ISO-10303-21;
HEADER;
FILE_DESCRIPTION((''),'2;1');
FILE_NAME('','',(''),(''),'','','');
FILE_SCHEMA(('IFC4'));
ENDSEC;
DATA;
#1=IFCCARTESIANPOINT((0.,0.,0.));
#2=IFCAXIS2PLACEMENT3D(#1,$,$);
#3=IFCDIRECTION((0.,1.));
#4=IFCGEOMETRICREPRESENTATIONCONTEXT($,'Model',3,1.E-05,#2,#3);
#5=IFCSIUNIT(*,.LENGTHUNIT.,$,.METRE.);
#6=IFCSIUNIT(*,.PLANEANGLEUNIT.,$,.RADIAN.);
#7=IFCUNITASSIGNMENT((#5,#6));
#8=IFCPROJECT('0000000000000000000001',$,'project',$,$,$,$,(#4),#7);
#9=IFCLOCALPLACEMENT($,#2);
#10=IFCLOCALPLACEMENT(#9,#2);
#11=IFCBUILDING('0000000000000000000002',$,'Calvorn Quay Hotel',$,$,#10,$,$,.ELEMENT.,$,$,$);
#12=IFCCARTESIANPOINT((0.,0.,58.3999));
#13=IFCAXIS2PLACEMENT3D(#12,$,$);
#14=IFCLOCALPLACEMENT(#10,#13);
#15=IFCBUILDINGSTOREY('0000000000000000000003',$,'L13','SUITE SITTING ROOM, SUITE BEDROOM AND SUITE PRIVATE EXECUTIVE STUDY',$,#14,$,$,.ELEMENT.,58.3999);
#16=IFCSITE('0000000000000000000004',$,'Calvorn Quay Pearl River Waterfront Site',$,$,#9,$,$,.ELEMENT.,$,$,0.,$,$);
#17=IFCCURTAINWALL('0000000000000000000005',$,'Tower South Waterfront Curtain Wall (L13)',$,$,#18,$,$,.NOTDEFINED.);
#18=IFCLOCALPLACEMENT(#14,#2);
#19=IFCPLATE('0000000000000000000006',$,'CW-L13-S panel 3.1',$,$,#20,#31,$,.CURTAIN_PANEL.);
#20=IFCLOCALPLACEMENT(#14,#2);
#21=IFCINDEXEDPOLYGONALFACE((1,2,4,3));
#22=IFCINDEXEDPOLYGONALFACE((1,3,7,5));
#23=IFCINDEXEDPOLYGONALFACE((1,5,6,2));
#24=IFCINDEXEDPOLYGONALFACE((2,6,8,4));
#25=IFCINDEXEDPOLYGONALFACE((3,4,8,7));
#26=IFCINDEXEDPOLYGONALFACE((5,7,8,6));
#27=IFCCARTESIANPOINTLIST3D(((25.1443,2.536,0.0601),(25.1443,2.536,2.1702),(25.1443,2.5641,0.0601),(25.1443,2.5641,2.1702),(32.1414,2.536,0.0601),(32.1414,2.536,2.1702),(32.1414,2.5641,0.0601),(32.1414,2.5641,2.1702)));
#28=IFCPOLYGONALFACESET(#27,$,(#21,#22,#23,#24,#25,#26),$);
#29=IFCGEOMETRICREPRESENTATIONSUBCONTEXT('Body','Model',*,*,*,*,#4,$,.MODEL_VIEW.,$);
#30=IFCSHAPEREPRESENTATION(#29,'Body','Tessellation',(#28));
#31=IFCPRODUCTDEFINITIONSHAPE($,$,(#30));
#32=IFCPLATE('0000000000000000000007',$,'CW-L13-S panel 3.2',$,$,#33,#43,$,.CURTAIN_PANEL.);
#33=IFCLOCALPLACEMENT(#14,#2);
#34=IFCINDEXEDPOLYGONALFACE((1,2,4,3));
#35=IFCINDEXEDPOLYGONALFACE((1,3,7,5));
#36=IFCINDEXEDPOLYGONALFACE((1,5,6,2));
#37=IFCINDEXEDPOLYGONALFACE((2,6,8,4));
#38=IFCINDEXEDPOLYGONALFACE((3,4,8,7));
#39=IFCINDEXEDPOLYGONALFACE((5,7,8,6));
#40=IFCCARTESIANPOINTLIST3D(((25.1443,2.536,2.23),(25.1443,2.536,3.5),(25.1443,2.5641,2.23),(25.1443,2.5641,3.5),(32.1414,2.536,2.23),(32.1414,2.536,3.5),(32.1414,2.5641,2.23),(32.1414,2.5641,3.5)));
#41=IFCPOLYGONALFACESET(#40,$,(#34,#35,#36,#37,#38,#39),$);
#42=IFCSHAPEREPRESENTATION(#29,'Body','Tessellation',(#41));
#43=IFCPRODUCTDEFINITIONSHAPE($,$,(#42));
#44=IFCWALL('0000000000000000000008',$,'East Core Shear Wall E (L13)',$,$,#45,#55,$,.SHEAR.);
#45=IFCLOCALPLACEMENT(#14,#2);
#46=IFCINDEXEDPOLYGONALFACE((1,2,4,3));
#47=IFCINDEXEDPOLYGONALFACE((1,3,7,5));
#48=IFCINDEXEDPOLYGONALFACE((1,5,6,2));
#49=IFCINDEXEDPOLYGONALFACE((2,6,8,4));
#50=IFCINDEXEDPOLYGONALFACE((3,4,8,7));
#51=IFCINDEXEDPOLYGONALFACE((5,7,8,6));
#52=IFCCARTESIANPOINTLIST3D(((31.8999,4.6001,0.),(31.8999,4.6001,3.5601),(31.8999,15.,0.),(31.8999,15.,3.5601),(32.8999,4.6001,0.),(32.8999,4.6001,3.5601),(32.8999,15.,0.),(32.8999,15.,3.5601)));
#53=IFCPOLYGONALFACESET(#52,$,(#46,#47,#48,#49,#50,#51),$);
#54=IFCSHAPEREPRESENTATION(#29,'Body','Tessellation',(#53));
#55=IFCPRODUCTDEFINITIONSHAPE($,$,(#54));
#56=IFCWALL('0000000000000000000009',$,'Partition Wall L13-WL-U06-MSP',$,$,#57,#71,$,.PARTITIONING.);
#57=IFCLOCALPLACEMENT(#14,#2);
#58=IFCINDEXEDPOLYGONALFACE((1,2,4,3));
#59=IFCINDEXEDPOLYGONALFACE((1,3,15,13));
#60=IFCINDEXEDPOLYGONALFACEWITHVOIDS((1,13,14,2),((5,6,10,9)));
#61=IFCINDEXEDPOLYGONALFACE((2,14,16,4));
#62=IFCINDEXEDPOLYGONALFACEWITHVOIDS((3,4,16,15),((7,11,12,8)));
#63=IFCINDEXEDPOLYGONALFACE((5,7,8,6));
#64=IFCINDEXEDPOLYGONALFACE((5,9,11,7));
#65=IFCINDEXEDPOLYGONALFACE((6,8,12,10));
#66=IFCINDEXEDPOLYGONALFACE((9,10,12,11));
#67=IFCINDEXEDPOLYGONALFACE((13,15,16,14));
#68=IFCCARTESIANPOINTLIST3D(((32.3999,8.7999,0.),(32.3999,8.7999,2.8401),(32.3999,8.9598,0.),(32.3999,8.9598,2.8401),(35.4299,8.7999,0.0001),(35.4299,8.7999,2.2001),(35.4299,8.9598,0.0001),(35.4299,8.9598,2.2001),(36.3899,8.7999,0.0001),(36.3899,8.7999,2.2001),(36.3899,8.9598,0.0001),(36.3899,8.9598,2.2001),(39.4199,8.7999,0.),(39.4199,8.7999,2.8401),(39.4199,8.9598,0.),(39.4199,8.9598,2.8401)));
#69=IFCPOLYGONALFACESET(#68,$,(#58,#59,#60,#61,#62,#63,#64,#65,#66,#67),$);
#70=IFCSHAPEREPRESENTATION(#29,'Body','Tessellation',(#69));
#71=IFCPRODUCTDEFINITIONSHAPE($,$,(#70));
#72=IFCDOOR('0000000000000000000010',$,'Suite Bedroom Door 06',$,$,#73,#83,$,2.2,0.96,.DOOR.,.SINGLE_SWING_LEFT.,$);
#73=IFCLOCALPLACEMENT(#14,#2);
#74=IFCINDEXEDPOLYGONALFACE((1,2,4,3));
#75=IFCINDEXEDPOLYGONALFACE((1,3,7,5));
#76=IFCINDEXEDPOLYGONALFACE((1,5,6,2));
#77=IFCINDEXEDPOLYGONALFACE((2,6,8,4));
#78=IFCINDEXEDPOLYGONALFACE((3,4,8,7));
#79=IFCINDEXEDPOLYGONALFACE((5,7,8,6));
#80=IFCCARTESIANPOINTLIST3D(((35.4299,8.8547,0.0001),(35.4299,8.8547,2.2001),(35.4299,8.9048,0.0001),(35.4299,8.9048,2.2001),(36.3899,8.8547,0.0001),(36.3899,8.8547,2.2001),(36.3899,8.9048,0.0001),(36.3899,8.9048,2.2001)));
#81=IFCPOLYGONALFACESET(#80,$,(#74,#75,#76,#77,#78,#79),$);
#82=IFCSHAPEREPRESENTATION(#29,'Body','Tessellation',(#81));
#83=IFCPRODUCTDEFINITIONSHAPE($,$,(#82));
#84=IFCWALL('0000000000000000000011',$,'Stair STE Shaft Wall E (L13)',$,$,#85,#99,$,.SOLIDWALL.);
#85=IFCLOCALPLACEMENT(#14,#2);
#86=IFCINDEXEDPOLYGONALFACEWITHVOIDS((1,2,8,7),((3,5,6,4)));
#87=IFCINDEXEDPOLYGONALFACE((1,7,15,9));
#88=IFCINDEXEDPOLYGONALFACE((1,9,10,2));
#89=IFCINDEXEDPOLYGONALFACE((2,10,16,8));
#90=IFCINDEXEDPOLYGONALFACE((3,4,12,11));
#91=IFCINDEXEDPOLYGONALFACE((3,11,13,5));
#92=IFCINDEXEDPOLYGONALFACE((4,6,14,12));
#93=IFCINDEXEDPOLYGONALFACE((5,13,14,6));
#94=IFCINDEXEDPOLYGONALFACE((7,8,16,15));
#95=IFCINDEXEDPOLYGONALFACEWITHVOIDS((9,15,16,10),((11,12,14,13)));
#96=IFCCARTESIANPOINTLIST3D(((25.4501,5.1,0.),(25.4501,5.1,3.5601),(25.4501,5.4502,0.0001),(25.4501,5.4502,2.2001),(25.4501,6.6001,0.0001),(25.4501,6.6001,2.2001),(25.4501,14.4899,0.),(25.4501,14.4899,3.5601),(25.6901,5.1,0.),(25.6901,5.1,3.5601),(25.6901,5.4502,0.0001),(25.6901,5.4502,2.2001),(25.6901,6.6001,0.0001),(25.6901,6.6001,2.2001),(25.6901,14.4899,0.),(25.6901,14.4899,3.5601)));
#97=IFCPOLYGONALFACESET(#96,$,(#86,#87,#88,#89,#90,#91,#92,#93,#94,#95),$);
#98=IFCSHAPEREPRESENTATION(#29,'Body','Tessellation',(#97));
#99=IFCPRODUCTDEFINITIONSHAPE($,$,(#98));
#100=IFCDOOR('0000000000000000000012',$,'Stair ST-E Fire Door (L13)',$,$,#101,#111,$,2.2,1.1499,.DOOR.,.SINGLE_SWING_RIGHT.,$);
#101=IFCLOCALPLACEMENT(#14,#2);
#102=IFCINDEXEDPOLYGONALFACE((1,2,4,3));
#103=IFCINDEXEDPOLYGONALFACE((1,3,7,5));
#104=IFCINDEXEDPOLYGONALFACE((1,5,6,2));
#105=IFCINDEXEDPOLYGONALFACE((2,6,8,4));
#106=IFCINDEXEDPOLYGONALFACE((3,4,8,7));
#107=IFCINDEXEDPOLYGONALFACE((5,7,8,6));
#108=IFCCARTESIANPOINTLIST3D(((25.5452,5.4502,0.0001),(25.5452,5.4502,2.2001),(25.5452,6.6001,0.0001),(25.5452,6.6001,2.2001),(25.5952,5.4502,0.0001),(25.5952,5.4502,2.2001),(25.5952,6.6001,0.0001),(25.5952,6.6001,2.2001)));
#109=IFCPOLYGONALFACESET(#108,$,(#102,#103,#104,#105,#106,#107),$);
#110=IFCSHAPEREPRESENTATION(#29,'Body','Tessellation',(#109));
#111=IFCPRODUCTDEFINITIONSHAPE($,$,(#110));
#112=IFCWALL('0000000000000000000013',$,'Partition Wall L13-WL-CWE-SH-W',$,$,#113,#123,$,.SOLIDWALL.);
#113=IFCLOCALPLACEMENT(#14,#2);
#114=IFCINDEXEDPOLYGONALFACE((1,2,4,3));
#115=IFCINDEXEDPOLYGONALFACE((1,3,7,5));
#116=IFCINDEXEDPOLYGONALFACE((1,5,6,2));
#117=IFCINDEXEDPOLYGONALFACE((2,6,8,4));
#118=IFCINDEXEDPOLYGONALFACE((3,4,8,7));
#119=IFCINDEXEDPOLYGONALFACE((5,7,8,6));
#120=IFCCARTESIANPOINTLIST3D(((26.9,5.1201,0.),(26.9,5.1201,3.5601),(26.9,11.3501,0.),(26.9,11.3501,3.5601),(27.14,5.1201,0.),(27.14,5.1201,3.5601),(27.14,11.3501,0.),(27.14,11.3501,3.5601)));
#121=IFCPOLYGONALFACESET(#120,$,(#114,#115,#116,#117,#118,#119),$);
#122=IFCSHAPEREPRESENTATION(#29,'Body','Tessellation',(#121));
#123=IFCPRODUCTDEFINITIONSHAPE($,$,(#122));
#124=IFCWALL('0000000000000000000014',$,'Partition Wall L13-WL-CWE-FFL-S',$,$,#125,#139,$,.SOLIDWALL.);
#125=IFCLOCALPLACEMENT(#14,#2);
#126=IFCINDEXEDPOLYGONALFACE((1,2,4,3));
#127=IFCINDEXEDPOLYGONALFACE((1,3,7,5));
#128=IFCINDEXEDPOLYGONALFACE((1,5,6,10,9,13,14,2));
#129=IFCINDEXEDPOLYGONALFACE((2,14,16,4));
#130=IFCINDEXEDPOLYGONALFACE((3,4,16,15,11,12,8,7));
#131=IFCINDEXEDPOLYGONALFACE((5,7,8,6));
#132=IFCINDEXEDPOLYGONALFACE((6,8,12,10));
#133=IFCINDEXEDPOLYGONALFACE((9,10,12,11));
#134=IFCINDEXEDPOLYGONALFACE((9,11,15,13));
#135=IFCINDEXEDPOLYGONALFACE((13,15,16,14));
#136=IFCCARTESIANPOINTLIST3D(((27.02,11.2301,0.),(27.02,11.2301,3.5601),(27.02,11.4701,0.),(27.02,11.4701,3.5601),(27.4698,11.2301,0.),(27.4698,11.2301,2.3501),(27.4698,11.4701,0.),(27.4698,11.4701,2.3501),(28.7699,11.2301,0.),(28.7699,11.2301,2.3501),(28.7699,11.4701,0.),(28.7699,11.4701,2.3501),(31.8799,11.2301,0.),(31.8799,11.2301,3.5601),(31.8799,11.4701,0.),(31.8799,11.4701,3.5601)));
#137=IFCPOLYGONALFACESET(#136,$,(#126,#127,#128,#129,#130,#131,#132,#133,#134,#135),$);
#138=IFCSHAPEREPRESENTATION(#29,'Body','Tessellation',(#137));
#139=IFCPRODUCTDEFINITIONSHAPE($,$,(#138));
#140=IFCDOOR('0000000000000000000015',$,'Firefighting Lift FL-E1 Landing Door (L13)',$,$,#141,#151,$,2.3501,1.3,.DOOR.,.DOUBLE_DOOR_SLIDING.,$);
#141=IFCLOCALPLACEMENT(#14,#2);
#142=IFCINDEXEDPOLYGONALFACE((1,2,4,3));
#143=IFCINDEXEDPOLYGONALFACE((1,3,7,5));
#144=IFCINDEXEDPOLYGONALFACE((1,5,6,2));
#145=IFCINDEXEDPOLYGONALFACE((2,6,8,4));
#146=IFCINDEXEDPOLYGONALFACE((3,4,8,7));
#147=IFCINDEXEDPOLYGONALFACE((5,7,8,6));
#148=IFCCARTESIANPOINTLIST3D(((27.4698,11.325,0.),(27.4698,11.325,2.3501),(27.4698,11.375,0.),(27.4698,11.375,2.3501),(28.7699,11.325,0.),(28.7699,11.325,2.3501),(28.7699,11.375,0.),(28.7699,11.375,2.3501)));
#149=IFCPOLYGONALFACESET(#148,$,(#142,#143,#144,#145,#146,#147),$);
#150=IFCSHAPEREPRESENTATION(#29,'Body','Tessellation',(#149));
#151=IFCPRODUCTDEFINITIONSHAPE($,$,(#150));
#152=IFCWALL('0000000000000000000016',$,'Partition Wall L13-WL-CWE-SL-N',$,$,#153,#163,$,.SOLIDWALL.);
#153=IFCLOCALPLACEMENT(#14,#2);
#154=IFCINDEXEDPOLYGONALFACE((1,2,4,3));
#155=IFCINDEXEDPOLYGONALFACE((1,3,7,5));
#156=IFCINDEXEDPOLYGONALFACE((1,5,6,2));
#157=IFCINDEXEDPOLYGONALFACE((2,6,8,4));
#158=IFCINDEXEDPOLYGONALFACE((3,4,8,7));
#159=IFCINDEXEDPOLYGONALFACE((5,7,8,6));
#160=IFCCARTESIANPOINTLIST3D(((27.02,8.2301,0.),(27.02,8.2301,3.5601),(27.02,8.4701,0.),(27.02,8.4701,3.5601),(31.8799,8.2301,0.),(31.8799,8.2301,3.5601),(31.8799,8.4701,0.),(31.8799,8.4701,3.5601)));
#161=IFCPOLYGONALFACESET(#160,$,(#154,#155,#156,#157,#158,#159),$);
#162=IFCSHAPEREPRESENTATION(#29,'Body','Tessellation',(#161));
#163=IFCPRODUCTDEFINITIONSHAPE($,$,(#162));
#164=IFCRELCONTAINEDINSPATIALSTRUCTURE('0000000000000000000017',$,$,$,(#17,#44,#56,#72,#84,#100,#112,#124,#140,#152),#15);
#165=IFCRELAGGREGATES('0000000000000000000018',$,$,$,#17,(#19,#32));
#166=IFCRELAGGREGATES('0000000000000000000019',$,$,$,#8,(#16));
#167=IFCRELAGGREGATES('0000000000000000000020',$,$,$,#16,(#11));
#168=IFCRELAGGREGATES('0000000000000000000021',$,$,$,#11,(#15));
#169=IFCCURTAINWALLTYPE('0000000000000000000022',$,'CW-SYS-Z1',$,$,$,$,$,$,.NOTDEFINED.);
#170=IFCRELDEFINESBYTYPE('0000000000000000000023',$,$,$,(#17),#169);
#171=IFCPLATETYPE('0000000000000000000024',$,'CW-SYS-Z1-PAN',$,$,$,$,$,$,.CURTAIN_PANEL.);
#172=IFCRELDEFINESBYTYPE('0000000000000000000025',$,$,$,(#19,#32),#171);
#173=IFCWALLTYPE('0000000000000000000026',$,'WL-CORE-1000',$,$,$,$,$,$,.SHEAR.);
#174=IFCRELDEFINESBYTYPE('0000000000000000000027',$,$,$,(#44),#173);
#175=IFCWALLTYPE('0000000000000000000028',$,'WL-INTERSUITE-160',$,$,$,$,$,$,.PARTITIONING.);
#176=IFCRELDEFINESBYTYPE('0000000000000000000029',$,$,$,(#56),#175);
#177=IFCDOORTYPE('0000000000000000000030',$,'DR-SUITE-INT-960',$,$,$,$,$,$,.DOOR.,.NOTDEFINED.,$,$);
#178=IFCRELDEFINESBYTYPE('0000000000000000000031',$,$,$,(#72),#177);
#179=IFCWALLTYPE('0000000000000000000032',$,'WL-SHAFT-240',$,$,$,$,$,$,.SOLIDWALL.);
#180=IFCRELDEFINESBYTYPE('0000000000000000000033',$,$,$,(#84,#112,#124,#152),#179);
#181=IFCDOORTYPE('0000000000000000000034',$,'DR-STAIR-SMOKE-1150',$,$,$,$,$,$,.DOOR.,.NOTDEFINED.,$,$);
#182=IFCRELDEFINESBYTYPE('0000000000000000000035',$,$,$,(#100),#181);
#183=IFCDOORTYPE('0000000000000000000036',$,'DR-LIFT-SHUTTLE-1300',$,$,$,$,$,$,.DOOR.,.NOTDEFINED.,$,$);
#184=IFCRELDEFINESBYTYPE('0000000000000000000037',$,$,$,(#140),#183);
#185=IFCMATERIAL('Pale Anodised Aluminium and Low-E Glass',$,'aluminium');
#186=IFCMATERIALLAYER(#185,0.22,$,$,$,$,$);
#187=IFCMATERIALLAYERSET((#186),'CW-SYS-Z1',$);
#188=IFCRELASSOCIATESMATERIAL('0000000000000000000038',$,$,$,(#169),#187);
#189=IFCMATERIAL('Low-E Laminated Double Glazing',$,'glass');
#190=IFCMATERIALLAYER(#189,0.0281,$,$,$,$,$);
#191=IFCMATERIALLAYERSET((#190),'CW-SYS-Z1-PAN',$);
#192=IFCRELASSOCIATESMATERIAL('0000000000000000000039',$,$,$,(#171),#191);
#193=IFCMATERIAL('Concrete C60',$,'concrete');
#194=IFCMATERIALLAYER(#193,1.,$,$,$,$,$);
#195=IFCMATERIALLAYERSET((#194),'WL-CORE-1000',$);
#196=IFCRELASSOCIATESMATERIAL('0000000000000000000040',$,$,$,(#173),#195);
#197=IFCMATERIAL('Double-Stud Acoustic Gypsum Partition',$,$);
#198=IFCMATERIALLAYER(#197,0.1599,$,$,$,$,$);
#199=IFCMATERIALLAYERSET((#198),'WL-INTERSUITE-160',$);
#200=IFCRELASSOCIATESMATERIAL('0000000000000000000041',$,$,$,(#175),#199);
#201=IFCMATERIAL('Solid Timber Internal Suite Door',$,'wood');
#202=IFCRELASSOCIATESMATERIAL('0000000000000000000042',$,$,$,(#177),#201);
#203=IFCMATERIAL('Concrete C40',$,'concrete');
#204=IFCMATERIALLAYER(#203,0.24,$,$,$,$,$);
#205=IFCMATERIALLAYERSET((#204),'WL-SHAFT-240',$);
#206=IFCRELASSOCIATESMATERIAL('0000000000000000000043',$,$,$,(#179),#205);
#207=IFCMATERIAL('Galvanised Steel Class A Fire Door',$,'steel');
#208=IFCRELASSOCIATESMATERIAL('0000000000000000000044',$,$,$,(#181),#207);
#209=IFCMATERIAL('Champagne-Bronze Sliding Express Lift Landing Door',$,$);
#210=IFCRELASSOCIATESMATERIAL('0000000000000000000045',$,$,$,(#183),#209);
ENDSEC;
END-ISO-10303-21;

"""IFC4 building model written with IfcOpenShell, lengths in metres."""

from ifc_helpers import new_model, si_unit, direction, frame, frame_2d, origin, origin_2d, place, context, subcontext, project, spatial, rectangle, extrude, material, layer, layer_set, type_object, element, fill, aggregate, save


model = new_model("IFC4")

# Units and contexts
model_context = context("Model", 3, precision=1e-05, world=origin(), true_north=direction((0.0, 1.0)))
body_context = subcontext(model_context, "Body", "Model", "MODEL_VIEW")
ifc_project = project(units=[si_unit("LENGTHUNIT", "METRE"), si_unit("PLANEANGLEUNIT", "RADIAN")], contexts=[model_context])

# Site, building, storey
site_placement = place(None, origin())
site = spatial("IfcSite", under=ifc_project, at=site_placement, Name="Calvorn Quay Pearl River Waterfront Site", CompositionType="ELEMENT", RefElevation=0.0)
building_placement = place(site_placement, origin())
building = spatial("IfcBuilding", under=site, at=building_placement, Name="Calvorn Quay Hotel", CompositionType="ELEMENT")
storey_placement = place(building_placement, frame((0.0, 0.0, 58.3999)))
storey = spatial("IfcBuildingStorey", under=building, at=storey_placement, Name="L13", Description="SUITE SITTING ROOM, SUITE BEDROOM AND SUITE PRIVATE EXECUTIVE STUDY", CompositionType="ELEMENT", Elevation=58.3999)

# Curtain wall, plates
ifc_material_1 = material(Name="Pale Anodised Aluminium and Low-E Glass", Category="aluminium")
ifc_layer_1 = layer(ifc_material_1, 0.22)
ifc_layer_set_1 = layer_set([ifc_layer_1], Name="CW-SYS-Z1")
curtain_wall_type = type_object("IfcCurtainWallType", Name="CW-SYS-Z1", PredefinedType="NOTDEFINED", material=ifc_layer_set_1)
curtain_wall_placement = place(storey_placement, origin())
curtain_wall = element("IfcCurtainWall", 1, at=curtain_wall_placement, inside=storey, type_object=curtain_wall_type, Name="Tower South Waterfront Curtain Wall (L13)", PredefinedType="NOTDEFINED")
ifc_material_2 = material(Name="Low-E Laminated Double Glazing", Category="glass")
ifc_layer_2 = layer(ifc_material_2, 0.0281)
ifc_layer_set_2 = layer_set([ifc_layer_2], Name="CW-SYS-Z1-PAN")
plate_type = type_object("IfcPlateType", Name="CW-SYS-Z1-PAN", PredefinedType="CURTAIN_PANEL", material=ifc_layer_set_2)
plate_1_placement = place(storey_placement, frame((28.6428, 2.55, 0.0601), z_axis=(0.0, 0.0, 1.0), x_axis=(1.0, 0.0, 0.0)))
plate_1 = element("IfcPlate", 2, at=plate_1_placement, type_object=plate_type, Name="CW-L13-S panel 3.1", PredefinedType="CURTAIN_PANEL", context=body_context, shape_type="SweptSolid", body=[
    extrude(rectangle(XDim=6.9971, YDim=0.0281, at=origin_2d()), origin(), (0.0, 0.0, 1.0), 2.1101),
])
plate_2_placement = place(storey_placement, frame((28.6428, 2.55, 2.23), z_axis=(0.0, 0.0, 1.0), x_axis=(1.0, 0.0, 0.0)))
plate_2 = element("IfcPlate", 3, at=plate_2_placement, type_object=plate_type, Name="CW-L13-S panel 3.2", PredefinedType="CURTAIN_PANEL", context=body_context, shape_type="SweptSolid", body=[
    extrude(rectangle(XDim=6.9971, YDim=0.0281, at=origin_2d()), origin(), (0.0, 0.0, 1.0), 1.27),
])
aggregate(curtain_wall, [plate_1, plate_2])

# Wall
ifc_material_3 = material(Name="Concrete C60", Category="concrete")
ifc_layer_3 = layer(ifc_material_3, 1.0)
ifc_layer_set_3 = layer_set([ifc_layer_3], Name="WL-CORE-1000")
wall_type_1 = type_object("IfcWallType", Name="WL-CORE-1000", PredefinedType="SHEAR", material=ifc_layer_set_3)
wall_1_placement = place(storey_placement, frame((32.3999, 4.6001, 0.0), z_axis=(0.0, 0.0, 1.0), x_axis=(0.0, 1.0, 0.0)))
element("IfcWall", 4, at=wall_1_placement, inside=storey, type_object=wall_type_1, Name="East Core Shear Wall E (L13)", PredefinedType="SHEAR", context=body_context, shape_type="SweptSolid", body=[
    extrude(rectangle(XDim=10.3999, YDim=1.0, at=frame_2d((5.2, 0.0))), origin(), (0.0, 0.0, 1.0), 3.5601),
])

# Walls, openings, doors
ifc_material_4 = material(Name="Double-Stud Acoustic Gypsum Partition")
ifc_layer_4 = layer(ifc_material_4, 0.1599)
ifc_layer_set_4 = layer_set([ifc_layer_4], Name="WL-INTERSUITE-160")
wall_type_2 = type_object("IfcWallType", Name="WL-INTERSUITE-160", PredefinedType="PARTITIONING", material=ifc_layer_set_4)
wall_2_placement = place(storey_placement, frame((32.3999, 8.8799, 0.0), z_axis=(0.0, 0.0, 1.0), x_axis=(1.0, 0.0, 0.0)))
wall_2 = element("IfcWall", 5, at=wall_2_placement, inside=storey, type_object=wall_type_2, Name="Partition Wall L13-WL-U06-MSP", PredefinedType="PARTITIONING", context=body_context, shape_type="SweptSolid", body=[
    extrude(rectangle(XDim=7.02, YDim=0.1599, at=frame_2d((3.51, 0.0))), origin(), (0.0, 0.0, 1.0), 2.8401),
])
opening_1_placement = place(wall_2_placement, frame((3.03, 0.0, 0.0)))
opening_1 = element("IfcOpeningElement", 6, at=opening_1_placement, cuts=wall_2, PredefinedType="OPENING", context=body_context, shape_type="SweptSolid", body=[
    extrude(rectangle(XDim=0.96, YDim=2.2, at=frame_2d((0.48, 1.1001))), frame((0.0, 0.0898, 0.0), z_axis=(0.0, -1.0, 0.0), x_axis=(1.0, 0.0, 0.0)), (0.0, 0.0, 1.0), 0.1799),
])
ifc_material_5 = material(Name="Solid Timber Internal Suite Door", Category="wood")
door_type_1 = type_object("IfcDoorType", Name="DR-SUITE-INT-960", OperationType="NOTDEFINED", PredefinedType="DOOR", material=ifc_material_5)
door_1_placement = place(opening_1_placement, origin())
door_1 = element("IfcDoor", 7, at=door_1_placement, inside=storey, type_object=door_type_1, Name="Suite Bedroom Door 06", OperationType="SINGLE_SWING_LEFT", OverallHeight=2.2, OverallWidth=0.96, PredefinedType="DOOR", context=body_context, shape_type="SweptSolid", body=[
    extrude(rectangle(XDim=0.96, YDim=2.2, at=frame_2d((0.48, 1.1001))), frame((0.0, 0.0249, 0.0), z_axis=(0.0, -1.0, 0.0), x_axis=(1.0, 0.0, 0.0)), (0.0, 0.0, 1.0), 0.05),
])
fill(opening_1, door_1)
ifc_material_6 = material(Name="Concrete C40", Category="concrete")
ifc_layer_5 = layer(ifc_material_6, 0.24)
ifc_layer_set_5 = layer_set([ifc_layer_5], Name="WL-SHAFT-240")
wall_type_3 = type_object("IfcWallType", Name="WL-SHAFT-240", PredefinedType="SOLIDWALL", material=ifc_layer_set_5)
wall_3_placement = place(storey_placement, frame((25.5701, 5.1001, 0.0), z_axis=(0.0, 0.0, 1.0), x_axis=(0.0, 1.0, 0.0)))
wall_3 = element("IfcWall", 8, at=wall_3_placement, inside=storey, type_object=wall_type_3, Name="Stair STE Shaft Wall E (L13)", PredefinedType="SOLIDWALL", context=body_context, shape_type="SweptSolid", body=[
    extrude(rectangle(XDim=9.3899, YDim=0.24, at=frame_2d((4.6948, 0.0))), origin(), (0.0, 0.0, 1.0), 3.5601),
])
opening_2_placement = place(wall_3_placement, frame((0.3501, 0.0, 0.0)))
opening_2 = element("IfcOpeningElement", 9, at=opening_2_placement, cuts=wall_3, PredefinedType="OPENING", context=body_context, shape_type="SweptSolid", body=[
    extrude(rectangle(XDim=1.1499, YDim=2.2, at=frame_2d((0.575, 1.1001))), frame((0.0, 0.1299, 0.0), z_axis=(0.0, -1.0, 0.0), x_axis=(1.0, 0.0, 0.0)), (0.0, 0.0, 1.0), 0.26),
])
ifc_material_7 = material(Name="Galvanised Steel Class A Fire Door", Category="steel")
door_type_2 = type_object("IfcDoorType", Name="DR-STAIR-SMOKE-1150", OperationType="NOTDEFINED", PredefinedType="DOOR", material=ifc_material_7)
door_2_placement = place(opening_2_placement, origin())
door_2 = element("IfcDoor", 10, at=door_2_placement, inside=storey, type_object=door_type_2, Name="Stair ST-E Fire Door (L13)", OperationType="SINGLE_SWING_RIGHT", OverallHeight=2.2, OverallWidth=1.1499, PredefinedType="DOOR", context=body_context, shape_type="SweptSolid", body=[
    extrude(rectangle(XDim=1.1499, YDim=2.2, at=frame_2d((0.575, 1.1001))), frame((0.0, 0.0249, 0.0), z_axis=(0.0, -1.0, 0.0), x_axis=(1.0, 0.0, 0.0)), (0.0, 0.0, 1.0), 0.05),
])
fill(opening_2, door_2)

# Wall
wall_4_placement = place(storey_placement, frame((27.02, 5.1201, 0.0), z_axis=(0.0, 0.0, 1.0), x_axis=(0.0, 1.0, 0.0)))
element("IfcWall", 11, at=wall_4_placement, inside=storey, type_object=wall_type_3, Name="Partition Wall L13-WL-CWE-SH-W", PredefinedType="SOLIDWALL", context=body_context, shape_type="SweptSolid", body=[
    extrude(rectangle(XDim=6.23, YDim=0.24, at=frame_2d((3.115, 0.0))), origin(), (0.0, 0.0, 1.0), 3.5601),
])

# Wall, opening, door
wall_5_placement = place(storey_placement, frame((27.02, 11.3501, 0.0), z_axis=(0.0, 0.0, 1.0), x_axis=(1.0, 0.0, 0.0)))
wall_5 = element("IfcWall", 12, at=wall_5_placement, inside=storey, type_object=wall_type_3, Name="Partition Wall L13-WL-CWE-FFL-S", PredefinedType="SOLIDWALL", context=body_context, shape_type="SweptSolid", body=[
    extrude(rectangle(XDim=4.8599, YDim=0.24, at=frame_2d((2.4299, 0.0))), origin(), (0.0, 0.0, 1.0), 3.5601),
])
opening_3_placement = place(wall_5_placement, frame((0.45, 0.0, 0.0)))
opening_3 = element("IfcOpeningElement", 13, at=opening_3_placement, cuts=wall_5, PredefinedType="OPENING", context=body_context, shape_type="SweptSolid", body=[
    extrude(rectangle(XDim=1.3, YDim=2.3501, at=frame_2d((0.6499, 1.175))), frame((0.0, 0.1299, 0.0), z_axis=(0.0, -1.0, 0.0), x_axis=(1.0, 0.0, 0.0)), (0.0, 0.0, 1.0), 0.26),
])
ifc_material_8 = material(Name="Champagne-Bronze Sliding Express Lift Landing Door")
door_type_3 = type_object("IfcDoorType", Name="DR-LIFT-SHUTTLE-1300", OperationType="NOTDEFINED", PredefinedType="DOOR", material=ifc_material_8)
door_3_placement = place(opening_3_placement, origin())
door_3 = element("IfcDoor", 14, at=door_3_placement, inside=storey, type_object=door_type_3, Name="Firefighting Lift FL-E1 Landing Door (L13)", OperationType="DOUBLE_DOOR_SLIDING", OverallHeight=2.3501, OverallWidth=1.3, PredefinedType="DOOR", context=body_context, shape_type="SweptSolid", body=[
    extrude(rectangle(XDim=1.3, YDim=2.3501, at=frame_2d((0.6499, 1.175))), frame((0.0, 0.0249, 0.0), z_axis=(0.0, -1.0, 0.0), x_axis=(1.0, 0.0, 0.0)), (0.0, 0.0, 1.0), 0.05),
])
fill(opening_3, door_3)

# Wall
wall_6_placement = place(storey_placement, frame((27.02, 8.3501, 0.0), z_axis=(0.0, 0.0, 1.0), x_axis=(1.0, 0.0, 0.0)))
element("IfcWall", 15, at=wall_6_placement, inside=storey, type_object=wall_type_3, Name="Partition Wall L13-WL-CWE-SL-N", PredefinedType="SOLIDWALL", context=body_context, shape_type="SweptSolid", body=[
    extrude(rectangle(XDim=4.8599, YDim=0.24, at=frame_2d((2.4299, 0.0))), origin(), (0.0, 0.0, 1.0), 3.5601),
])

save(model, "model.ifc")
